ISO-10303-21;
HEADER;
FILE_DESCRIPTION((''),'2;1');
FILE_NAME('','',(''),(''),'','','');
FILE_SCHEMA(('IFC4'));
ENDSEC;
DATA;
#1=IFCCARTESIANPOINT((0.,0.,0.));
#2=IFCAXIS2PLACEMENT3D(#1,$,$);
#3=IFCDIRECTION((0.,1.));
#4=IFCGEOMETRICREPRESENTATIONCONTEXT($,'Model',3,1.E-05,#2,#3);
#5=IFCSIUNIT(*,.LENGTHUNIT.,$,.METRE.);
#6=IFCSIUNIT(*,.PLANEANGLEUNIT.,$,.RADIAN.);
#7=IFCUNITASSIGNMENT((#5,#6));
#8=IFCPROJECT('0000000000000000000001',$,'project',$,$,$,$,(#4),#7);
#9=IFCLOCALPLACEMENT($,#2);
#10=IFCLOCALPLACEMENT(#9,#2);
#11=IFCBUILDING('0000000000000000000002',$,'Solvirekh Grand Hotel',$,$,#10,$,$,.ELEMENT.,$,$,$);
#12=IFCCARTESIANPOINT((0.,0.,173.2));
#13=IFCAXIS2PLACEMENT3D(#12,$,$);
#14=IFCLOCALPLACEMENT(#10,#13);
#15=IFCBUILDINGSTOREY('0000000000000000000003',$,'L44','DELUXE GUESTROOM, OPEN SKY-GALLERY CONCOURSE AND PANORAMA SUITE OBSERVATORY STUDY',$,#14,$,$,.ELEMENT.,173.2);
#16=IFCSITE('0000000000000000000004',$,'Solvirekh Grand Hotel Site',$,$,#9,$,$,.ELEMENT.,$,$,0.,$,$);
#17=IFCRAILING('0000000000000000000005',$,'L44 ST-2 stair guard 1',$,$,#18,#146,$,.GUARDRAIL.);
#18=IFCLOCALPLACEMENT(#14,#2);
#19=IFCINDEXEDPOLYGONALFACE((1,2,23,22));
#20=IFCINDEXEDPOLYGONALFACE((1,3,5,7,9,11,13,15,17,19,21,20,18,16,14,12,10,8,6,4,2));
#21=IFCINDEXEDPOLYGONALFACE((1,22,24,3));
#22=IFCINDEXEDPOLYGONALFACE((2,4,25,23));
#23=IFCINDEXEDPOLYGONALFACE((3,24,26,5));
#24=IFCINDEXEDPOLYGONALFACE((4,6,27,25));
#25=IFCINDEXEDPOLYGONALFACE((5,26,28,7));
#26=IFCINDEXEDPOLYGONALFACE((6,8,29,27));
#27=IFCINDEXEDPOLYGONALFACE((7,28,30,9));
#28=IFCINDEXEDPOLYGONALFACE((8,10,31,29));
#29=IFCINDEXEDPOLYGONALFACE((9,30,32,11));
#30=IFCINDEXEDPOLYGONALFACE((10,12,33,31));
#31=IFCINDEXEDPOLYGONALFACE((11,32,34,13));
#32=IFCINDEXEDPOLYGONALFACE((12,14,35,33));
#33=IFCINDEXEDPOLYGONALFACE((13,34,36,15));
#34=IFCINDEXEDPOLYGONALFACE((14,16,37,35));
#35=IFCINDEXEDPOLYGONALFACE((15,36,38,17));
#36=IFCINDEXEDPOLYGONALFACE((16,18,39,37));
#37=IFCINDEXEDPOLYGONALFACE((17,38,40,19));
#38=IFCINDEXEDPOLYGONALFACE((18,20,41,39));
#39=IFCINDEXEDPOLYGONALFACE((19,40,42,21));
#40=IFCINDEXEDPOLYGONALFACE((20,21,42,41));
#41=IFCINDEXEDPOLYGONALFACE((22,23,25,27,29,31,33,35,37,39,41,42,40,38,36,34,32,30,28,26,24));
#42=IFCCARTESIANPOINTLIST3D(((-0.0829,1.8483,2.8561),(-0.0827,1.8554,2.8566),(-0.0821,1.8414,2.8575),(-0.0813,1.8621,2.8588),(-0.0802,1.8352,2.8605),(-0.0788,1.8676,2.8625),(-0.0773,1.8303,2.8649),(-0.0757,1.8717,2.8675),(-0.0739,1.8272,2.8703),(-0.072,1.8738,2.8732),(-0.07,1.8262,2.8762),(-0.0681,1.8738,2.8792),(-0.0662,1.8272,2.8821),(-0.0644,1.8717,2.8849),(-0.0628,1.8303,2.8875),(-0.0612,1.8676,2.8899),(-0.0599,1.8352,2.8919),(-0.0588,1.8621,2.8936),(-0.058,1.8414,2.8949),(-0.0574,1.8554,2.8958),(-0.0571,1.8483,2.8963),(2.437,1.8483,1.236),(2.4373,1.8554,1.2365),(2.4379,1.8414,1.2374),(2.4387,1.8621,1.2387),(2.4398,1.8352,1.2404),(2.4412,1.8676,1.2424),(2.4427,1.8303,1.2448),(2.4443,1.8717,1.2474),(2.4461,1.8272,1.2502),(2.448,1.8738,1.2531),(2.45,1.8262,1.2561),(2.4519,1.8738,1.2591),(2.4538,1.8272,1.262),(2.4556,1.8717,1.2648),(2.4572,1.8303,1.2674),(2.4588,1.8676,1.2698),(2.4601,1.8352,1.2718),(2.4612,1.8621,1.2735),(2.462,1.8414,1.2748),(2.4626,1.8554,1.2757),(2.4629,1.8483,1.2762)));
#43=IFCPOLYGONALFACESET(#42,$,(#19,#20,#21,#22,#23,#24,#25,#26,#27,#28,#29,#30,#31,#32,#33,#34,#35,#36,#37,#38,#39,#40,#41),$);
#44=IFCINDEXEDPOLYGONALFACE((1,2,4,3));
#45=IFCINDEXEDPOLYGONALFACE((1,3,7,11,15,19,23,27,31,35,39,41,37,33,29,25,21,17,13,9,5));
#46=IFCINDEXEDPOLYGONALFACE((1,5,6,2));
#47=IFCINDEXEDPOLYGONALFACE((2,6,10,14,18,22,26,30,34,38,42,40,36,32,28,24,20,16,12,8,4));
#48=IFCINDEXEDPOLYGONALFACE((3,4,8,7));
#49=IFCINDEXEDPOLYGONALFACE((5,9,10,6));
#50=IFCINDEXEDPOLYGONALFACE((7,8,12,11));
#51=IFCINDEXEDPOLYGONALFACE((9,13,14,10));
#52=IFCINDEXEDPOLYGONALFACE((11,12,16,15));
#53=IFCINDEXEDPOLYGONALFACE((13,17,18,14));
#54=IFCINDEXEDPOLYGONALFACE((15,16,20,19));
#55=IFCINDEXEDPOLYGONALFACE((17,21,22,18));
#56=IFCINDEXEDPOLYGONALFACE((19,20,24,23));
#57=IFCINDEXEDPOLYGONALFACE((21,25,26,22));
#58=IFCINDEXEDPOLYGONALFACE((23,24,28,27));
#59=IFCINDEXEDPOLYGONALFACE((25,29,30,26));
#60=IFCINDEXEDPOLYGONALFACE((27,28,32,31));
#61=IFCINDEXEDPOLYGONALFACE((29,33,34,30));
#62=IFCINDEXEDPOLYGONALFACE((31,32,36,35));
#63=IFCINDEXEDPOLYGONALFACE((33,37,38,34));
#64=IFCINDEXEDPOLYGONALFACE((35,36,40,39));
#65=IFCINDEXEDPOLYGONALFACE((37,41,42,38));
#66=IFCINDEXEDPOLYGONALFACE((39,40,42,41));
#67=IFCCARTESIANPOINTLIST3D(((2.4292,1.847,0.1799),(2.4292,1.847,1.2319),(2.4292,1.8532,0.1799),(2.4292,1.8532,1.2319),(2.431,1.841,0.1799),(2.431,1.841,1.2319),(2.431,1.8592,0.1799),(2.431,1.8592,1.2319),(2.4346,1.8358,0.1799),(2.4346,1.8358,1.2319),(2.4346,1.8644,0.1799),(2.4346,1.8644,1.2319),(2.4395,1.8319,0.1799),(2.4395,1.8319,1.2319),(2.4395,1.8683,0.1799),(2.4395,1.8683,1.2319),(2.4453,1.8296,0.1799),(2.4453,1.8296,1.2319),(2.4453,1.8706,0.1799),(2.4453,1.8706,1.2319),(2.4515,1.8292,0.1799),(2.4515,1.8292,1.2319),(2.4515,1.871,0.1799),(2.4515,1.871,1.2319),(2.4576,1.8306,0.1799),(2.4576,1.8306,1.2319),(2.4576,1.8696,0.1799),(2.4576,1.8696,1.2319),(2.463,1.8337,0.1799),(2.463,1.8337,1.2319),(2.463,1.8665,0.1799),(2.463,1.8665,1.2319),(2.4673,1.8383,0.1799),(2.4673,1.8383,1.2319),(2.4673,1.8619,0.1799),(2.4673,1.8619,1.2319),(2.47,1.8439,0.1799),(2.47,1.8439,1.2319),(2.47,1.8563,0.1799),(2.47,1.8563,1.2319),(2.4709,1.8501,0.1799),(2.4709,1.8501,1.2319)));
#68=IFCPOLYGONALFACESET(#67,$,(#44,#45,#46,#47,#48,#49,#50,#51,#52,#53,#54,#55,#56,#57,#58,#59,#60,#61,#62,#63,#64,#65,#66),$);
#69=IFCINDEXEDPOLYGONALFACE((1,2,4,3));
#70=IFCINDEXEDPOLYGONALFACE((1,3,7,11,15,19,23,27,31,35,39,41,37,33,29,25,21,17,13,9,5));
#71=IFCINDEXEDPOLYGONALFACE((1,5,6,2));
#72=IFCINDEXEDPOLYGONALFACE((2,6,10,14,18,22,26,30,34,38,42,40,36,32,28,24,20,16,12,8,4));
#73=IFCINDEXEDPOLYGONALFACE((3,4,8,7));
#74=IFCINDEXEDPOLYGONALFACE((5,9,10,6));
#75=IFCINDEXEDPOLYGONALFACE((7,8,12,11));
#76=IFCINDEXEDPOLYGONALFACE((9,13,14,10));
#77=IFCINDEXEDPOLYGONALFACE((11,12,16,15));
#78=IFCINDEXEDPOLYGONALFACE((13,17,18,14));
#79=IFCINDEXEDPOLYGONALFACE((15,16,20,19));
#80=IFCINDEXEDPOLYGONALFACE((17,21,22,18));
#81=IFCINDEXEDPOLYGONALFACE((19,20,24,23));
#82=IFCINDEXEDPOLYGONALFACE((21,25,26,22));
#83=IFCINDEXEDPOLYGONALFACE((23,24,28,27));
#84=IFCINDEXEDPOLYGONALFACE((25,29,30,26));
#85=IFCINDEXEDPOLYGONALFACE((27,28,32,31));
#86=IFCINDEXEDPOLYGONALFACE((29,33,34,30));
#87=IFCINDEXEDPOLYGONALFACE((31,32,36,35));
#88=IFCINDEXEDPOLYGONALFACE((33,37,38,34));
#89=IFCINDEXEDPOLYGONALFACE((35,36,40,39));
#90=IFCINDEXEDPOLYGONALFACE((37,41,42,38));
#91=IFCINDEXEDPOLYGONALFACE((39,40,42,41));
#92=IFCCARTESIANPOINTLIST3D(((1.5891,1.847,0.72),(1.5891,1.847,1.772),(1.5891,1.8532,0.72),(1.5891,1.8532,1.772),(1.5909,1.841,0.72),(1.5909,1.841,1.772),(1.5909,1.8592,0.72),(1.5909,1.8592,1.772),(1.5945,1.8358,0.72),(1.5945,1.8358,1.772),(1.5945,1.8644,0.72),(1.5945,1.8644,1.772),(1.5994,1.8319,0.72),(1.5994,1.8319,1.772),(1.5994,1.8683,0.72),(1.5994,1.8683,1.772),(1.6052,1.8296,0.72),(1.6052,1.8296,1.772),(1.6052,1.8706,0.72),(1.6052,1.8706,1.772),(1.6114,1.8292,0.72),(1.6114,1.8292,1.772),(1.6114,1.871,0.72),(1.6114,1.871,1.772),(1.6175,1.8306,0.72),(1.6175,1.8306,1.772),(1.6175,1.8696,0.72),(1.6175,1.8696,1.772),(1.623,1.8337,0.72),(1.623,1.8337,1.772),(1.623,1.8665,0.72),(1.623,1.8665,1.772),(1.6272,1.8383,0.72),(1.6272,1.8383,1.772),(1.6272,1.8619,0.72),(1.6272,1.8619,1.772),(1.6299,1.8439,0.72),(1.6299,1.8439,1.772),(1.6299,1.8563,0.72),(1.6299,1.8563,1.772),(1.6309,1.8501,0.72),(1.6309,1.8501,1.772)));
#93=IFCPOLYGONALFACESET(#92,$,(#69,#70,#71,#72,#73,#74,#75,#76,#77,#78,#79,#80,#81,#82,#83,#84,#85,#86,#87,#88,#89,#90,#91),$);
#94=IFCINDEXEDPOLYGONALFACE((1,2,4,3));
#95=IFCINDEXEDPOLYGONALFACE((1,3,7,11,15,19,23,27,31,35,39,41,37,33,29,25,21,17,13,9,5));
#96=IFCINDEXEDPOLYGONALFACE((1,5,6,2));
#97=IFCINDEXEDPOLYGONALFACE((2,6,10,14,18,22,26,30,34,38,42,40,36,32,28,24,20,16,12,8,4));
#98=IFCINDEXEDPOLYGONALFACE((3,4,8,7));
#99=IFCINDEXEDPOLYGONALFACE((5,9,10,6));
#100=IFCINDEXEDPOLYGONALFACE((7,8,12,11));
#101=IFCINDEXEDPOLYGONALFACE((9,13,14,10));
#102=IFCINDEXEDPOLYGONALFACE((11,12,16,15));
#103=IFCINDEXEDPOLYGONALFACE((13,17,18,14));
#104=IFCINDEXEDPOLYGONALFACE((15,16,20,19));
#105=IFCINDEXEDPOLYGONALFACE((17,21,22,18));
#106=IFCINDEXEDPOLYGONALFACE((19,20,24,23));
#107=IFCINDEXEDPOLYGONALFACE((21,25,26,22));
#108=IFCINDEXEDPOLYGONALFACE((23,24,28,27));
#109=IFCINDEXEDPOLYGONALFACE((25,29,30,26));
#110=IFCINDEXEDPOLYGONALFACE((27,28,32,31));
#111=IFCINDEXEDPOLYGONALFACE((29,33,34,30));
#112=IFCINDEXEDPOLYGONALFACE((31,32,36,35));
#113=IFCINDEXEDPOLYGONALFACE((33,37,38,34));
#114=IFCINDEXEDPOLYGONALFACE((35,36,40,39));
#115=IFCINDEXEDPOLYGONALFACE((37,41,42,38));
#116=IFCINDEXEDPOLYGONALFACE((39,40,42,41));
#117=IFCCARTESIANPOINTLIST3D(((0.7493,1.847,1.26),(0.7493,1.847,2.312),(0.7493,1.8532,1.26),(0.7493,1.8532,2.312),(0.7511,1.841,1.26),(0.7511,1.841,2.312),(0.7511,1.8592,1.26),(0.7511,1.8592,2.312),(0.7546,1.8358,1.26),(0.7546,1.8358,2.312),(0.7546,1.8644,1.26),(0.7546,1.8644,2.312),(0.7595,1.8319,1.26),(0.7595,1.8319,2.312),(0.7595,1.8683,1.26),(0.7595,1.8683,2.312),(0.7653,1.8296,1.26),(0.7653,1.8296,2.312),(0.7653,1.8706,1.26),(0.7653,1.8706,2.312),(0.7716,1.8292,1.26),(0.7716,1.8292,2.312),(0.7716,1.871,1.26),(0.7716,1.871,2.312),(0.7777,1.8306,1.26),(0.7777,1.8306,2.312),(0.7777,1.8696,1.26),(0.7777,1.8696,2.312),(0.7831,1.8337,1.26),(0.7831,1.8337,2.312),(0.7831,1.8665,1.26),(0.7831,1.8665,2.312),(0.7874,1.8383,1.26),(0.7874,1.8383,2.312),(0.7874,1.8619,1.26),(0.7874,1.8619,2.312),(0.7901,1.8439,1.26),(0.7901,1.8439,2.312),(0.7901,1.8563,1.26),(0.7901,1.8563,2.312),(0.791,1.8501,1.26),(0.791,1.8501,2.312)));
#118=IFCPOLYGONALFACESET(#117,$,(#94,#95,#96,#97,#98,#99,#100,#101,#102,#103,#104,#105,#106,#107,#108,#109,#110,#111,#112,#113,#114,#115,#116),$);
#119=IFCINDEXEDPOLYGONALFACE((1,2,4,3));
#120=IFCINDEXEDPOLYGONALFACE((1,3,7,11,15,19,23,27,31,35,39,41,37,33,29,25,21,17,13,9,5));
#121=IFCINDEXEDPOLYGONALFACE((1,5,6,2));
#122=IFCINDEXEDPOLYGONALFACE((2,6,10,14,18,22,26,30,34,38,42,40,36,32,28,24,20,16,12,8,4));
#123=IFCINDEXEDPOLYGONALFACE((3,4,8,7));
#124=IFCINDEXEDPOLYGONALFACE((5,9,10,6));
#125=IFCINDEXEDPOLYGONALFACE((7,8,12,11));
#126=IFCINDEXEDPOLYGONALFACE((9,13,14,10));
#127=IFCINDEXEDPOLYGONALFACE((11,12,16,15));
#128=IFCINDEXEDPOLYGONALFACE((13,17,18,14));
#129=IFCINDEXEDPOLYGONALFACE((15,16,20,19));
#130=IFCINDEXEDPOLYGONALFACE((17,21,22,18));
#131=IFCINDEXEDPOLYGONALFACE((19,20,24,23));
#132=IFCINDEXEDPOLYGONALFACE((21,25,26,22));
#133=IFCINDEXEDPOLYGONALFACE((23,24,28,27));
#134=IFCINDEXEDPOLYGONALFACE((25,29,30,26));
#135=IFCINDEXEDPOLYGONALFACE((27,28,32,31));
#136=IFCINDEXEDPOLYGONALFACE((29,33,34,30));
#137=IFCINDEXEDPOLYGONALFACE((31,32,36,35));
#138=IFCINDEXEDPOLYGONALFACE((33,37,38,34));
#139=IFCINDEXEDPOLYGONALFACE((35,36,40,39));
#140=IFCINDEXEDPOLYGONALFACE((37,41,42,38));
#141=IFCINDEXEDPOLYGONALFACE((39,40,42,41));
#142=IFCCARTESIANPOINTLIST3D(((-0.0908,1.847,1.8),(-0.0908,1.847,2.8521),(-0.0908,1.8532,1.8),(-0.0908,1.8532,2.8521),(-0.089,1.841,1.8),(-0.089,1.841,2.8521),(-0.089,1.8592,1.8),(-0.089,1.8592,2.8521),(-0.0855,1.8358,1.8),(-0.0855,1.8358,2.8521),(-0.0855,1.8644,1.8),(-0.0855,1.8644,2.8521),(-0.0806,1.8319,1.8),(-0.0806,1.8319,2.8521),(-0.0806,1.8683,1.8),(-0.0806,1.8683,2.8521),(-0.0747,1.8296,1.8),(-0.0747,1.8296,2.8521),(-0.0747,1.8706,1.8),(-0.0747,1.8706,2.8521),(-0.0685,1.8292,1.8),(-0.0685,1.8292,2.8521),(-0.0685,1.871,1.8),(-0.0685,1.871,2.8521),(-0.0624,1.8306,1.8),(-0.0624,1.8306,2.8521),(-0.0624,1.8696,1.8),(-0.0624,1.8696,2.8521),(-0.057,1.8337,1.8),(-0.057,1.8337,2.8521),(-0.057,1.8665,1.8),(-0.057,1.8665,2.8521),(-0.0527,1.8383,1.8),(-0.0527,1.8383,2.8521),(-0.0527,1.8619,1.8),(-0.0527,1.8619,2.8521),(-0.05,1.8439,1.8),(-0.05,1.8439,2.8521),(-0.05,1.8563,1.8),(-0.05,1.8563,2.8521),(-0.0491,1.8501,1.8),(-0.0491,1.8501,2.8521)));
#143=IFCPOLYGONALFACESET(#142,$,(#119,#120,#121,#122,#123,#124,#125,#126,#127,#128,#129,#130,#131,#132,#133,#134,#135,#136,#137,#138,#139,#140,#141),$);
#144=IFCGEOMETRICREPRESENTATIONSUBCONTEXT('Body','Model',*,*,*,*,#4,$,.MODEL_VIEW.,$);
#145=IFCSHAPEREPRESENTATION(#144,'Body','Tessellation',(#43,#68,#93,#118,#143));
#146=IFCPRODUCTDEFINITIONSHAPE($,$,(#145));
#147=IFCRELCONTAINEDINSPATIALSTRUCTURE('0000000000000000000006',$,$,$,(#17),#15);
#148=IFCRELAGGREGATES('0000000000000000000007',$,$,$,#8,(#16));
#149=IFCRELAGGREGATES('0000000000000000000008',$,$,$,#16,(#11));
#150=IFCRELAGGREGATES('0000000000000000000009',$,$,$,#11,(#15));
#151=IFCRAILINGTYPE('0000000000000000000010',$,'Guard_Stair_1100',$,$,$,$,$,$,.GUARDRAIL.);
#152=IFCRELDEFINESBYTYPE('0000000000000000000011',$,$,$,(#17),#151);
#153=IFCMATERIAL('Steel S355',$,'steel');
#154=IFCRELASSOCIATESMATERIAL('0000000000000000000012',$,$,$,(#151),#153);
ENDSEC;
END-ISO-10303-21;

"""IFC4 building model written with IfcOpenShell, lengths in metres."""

from ifc_helpers import new_model, si_unit, direction, frame, origin, origin_2d, place, context, subcontext, project, spatial, circle, extrude, material, type_object, element, save


model = new_model("IFC4")

# Units and contexts
model_context = context("Model", 3, precision=1e-05, world=origin(), true_north=direction((0.0, 1.0)))
body_context = subcontext(model_context, "Body", "Model", "MODEL_VIEW")
ifc_project = project(units=[si_unit("LENGTHUNIT", "METRE"), si_unit("PLANEANGLEUNIT", "RADIAN")], contexts=[model_context])

# Site, building, storey
site_placement = place(None, origin())
site = spatial("IfcSite", under=ifc_project, at=site_placement, Name="Solvirekh Grand Hotel Site", CompositionType="ELEMENT", RefElevation=0.0)
building_placement = place(site_placement, origin())
building = spatial("IfcBuilding", under=site, at=building_placement, Name="Solvirekh Grand Hotel", CompositionType="ELEMENT")
storey_placement = place(building_placement, frame((0.0, 0.0, 173.2)))
storey = spatial("IfcBuildingStorey", under=building, at=storey_placement, Name="L44", Description="DELUXE GUESTROOM, OPEN SKY-GALLERY CONCOURSE AND PANORAMA SUITE OBSERVATORY STUDY", CompositionType="ELEMENT", Elevation=173.2)

# Railing
ifc_material_1 = material(Name="Steel S355", Category="steel")
railing_type = type_object("IfcRailingType", Name="Guard_Stair_1100", PredefinedType="GUARDRAIL", material=ifc_material_1)
railing_1_placement = place(storey_placement, frame((2.45, 1.8501, 0.1799)))
element("IfcRailing", 1, at=railing_1_placement, inside=storey, type_object=railing_type, Name="L44 ST-2 stair guard 1", PredefinedType="GUARDRAIL", context=body_context, shape_type="SweptSolid", body=[
    extrude(circle(Radius=0.0239, at=origin_2d()), frame((0.0, 0.0, 1.0762), z_axis=(-0.841163, 0.0, 0.540782), x_axis=(0.0, -1.0, 0.0)), (0.0, 0.0, 1.0), 2.9958),
    extrude(circle(Radius=0.021, at=origin_2d()), origin(), (0.0, 0.0, 1.0), 1.052),
    extrude(circle(Radius=0.021, at=origin_2d()), frame((-0.8401, 0.0, 0.54)), (0.0, 0.0, 1.0), 1.052),
    extrude(circle(Radius=0.021, at=origin_2d()), frame((-1.6799, 0.0, 1.0801)), (0.0, 0.0, 1.0), 1.052),
    extrude(circle(Radius=0.021, at=origin_2d()), frame((-2.52, 0.0, 1.6201)), (0.0, 0.0, 1.0), 1.052),
])

save(model, "model.ifc")
